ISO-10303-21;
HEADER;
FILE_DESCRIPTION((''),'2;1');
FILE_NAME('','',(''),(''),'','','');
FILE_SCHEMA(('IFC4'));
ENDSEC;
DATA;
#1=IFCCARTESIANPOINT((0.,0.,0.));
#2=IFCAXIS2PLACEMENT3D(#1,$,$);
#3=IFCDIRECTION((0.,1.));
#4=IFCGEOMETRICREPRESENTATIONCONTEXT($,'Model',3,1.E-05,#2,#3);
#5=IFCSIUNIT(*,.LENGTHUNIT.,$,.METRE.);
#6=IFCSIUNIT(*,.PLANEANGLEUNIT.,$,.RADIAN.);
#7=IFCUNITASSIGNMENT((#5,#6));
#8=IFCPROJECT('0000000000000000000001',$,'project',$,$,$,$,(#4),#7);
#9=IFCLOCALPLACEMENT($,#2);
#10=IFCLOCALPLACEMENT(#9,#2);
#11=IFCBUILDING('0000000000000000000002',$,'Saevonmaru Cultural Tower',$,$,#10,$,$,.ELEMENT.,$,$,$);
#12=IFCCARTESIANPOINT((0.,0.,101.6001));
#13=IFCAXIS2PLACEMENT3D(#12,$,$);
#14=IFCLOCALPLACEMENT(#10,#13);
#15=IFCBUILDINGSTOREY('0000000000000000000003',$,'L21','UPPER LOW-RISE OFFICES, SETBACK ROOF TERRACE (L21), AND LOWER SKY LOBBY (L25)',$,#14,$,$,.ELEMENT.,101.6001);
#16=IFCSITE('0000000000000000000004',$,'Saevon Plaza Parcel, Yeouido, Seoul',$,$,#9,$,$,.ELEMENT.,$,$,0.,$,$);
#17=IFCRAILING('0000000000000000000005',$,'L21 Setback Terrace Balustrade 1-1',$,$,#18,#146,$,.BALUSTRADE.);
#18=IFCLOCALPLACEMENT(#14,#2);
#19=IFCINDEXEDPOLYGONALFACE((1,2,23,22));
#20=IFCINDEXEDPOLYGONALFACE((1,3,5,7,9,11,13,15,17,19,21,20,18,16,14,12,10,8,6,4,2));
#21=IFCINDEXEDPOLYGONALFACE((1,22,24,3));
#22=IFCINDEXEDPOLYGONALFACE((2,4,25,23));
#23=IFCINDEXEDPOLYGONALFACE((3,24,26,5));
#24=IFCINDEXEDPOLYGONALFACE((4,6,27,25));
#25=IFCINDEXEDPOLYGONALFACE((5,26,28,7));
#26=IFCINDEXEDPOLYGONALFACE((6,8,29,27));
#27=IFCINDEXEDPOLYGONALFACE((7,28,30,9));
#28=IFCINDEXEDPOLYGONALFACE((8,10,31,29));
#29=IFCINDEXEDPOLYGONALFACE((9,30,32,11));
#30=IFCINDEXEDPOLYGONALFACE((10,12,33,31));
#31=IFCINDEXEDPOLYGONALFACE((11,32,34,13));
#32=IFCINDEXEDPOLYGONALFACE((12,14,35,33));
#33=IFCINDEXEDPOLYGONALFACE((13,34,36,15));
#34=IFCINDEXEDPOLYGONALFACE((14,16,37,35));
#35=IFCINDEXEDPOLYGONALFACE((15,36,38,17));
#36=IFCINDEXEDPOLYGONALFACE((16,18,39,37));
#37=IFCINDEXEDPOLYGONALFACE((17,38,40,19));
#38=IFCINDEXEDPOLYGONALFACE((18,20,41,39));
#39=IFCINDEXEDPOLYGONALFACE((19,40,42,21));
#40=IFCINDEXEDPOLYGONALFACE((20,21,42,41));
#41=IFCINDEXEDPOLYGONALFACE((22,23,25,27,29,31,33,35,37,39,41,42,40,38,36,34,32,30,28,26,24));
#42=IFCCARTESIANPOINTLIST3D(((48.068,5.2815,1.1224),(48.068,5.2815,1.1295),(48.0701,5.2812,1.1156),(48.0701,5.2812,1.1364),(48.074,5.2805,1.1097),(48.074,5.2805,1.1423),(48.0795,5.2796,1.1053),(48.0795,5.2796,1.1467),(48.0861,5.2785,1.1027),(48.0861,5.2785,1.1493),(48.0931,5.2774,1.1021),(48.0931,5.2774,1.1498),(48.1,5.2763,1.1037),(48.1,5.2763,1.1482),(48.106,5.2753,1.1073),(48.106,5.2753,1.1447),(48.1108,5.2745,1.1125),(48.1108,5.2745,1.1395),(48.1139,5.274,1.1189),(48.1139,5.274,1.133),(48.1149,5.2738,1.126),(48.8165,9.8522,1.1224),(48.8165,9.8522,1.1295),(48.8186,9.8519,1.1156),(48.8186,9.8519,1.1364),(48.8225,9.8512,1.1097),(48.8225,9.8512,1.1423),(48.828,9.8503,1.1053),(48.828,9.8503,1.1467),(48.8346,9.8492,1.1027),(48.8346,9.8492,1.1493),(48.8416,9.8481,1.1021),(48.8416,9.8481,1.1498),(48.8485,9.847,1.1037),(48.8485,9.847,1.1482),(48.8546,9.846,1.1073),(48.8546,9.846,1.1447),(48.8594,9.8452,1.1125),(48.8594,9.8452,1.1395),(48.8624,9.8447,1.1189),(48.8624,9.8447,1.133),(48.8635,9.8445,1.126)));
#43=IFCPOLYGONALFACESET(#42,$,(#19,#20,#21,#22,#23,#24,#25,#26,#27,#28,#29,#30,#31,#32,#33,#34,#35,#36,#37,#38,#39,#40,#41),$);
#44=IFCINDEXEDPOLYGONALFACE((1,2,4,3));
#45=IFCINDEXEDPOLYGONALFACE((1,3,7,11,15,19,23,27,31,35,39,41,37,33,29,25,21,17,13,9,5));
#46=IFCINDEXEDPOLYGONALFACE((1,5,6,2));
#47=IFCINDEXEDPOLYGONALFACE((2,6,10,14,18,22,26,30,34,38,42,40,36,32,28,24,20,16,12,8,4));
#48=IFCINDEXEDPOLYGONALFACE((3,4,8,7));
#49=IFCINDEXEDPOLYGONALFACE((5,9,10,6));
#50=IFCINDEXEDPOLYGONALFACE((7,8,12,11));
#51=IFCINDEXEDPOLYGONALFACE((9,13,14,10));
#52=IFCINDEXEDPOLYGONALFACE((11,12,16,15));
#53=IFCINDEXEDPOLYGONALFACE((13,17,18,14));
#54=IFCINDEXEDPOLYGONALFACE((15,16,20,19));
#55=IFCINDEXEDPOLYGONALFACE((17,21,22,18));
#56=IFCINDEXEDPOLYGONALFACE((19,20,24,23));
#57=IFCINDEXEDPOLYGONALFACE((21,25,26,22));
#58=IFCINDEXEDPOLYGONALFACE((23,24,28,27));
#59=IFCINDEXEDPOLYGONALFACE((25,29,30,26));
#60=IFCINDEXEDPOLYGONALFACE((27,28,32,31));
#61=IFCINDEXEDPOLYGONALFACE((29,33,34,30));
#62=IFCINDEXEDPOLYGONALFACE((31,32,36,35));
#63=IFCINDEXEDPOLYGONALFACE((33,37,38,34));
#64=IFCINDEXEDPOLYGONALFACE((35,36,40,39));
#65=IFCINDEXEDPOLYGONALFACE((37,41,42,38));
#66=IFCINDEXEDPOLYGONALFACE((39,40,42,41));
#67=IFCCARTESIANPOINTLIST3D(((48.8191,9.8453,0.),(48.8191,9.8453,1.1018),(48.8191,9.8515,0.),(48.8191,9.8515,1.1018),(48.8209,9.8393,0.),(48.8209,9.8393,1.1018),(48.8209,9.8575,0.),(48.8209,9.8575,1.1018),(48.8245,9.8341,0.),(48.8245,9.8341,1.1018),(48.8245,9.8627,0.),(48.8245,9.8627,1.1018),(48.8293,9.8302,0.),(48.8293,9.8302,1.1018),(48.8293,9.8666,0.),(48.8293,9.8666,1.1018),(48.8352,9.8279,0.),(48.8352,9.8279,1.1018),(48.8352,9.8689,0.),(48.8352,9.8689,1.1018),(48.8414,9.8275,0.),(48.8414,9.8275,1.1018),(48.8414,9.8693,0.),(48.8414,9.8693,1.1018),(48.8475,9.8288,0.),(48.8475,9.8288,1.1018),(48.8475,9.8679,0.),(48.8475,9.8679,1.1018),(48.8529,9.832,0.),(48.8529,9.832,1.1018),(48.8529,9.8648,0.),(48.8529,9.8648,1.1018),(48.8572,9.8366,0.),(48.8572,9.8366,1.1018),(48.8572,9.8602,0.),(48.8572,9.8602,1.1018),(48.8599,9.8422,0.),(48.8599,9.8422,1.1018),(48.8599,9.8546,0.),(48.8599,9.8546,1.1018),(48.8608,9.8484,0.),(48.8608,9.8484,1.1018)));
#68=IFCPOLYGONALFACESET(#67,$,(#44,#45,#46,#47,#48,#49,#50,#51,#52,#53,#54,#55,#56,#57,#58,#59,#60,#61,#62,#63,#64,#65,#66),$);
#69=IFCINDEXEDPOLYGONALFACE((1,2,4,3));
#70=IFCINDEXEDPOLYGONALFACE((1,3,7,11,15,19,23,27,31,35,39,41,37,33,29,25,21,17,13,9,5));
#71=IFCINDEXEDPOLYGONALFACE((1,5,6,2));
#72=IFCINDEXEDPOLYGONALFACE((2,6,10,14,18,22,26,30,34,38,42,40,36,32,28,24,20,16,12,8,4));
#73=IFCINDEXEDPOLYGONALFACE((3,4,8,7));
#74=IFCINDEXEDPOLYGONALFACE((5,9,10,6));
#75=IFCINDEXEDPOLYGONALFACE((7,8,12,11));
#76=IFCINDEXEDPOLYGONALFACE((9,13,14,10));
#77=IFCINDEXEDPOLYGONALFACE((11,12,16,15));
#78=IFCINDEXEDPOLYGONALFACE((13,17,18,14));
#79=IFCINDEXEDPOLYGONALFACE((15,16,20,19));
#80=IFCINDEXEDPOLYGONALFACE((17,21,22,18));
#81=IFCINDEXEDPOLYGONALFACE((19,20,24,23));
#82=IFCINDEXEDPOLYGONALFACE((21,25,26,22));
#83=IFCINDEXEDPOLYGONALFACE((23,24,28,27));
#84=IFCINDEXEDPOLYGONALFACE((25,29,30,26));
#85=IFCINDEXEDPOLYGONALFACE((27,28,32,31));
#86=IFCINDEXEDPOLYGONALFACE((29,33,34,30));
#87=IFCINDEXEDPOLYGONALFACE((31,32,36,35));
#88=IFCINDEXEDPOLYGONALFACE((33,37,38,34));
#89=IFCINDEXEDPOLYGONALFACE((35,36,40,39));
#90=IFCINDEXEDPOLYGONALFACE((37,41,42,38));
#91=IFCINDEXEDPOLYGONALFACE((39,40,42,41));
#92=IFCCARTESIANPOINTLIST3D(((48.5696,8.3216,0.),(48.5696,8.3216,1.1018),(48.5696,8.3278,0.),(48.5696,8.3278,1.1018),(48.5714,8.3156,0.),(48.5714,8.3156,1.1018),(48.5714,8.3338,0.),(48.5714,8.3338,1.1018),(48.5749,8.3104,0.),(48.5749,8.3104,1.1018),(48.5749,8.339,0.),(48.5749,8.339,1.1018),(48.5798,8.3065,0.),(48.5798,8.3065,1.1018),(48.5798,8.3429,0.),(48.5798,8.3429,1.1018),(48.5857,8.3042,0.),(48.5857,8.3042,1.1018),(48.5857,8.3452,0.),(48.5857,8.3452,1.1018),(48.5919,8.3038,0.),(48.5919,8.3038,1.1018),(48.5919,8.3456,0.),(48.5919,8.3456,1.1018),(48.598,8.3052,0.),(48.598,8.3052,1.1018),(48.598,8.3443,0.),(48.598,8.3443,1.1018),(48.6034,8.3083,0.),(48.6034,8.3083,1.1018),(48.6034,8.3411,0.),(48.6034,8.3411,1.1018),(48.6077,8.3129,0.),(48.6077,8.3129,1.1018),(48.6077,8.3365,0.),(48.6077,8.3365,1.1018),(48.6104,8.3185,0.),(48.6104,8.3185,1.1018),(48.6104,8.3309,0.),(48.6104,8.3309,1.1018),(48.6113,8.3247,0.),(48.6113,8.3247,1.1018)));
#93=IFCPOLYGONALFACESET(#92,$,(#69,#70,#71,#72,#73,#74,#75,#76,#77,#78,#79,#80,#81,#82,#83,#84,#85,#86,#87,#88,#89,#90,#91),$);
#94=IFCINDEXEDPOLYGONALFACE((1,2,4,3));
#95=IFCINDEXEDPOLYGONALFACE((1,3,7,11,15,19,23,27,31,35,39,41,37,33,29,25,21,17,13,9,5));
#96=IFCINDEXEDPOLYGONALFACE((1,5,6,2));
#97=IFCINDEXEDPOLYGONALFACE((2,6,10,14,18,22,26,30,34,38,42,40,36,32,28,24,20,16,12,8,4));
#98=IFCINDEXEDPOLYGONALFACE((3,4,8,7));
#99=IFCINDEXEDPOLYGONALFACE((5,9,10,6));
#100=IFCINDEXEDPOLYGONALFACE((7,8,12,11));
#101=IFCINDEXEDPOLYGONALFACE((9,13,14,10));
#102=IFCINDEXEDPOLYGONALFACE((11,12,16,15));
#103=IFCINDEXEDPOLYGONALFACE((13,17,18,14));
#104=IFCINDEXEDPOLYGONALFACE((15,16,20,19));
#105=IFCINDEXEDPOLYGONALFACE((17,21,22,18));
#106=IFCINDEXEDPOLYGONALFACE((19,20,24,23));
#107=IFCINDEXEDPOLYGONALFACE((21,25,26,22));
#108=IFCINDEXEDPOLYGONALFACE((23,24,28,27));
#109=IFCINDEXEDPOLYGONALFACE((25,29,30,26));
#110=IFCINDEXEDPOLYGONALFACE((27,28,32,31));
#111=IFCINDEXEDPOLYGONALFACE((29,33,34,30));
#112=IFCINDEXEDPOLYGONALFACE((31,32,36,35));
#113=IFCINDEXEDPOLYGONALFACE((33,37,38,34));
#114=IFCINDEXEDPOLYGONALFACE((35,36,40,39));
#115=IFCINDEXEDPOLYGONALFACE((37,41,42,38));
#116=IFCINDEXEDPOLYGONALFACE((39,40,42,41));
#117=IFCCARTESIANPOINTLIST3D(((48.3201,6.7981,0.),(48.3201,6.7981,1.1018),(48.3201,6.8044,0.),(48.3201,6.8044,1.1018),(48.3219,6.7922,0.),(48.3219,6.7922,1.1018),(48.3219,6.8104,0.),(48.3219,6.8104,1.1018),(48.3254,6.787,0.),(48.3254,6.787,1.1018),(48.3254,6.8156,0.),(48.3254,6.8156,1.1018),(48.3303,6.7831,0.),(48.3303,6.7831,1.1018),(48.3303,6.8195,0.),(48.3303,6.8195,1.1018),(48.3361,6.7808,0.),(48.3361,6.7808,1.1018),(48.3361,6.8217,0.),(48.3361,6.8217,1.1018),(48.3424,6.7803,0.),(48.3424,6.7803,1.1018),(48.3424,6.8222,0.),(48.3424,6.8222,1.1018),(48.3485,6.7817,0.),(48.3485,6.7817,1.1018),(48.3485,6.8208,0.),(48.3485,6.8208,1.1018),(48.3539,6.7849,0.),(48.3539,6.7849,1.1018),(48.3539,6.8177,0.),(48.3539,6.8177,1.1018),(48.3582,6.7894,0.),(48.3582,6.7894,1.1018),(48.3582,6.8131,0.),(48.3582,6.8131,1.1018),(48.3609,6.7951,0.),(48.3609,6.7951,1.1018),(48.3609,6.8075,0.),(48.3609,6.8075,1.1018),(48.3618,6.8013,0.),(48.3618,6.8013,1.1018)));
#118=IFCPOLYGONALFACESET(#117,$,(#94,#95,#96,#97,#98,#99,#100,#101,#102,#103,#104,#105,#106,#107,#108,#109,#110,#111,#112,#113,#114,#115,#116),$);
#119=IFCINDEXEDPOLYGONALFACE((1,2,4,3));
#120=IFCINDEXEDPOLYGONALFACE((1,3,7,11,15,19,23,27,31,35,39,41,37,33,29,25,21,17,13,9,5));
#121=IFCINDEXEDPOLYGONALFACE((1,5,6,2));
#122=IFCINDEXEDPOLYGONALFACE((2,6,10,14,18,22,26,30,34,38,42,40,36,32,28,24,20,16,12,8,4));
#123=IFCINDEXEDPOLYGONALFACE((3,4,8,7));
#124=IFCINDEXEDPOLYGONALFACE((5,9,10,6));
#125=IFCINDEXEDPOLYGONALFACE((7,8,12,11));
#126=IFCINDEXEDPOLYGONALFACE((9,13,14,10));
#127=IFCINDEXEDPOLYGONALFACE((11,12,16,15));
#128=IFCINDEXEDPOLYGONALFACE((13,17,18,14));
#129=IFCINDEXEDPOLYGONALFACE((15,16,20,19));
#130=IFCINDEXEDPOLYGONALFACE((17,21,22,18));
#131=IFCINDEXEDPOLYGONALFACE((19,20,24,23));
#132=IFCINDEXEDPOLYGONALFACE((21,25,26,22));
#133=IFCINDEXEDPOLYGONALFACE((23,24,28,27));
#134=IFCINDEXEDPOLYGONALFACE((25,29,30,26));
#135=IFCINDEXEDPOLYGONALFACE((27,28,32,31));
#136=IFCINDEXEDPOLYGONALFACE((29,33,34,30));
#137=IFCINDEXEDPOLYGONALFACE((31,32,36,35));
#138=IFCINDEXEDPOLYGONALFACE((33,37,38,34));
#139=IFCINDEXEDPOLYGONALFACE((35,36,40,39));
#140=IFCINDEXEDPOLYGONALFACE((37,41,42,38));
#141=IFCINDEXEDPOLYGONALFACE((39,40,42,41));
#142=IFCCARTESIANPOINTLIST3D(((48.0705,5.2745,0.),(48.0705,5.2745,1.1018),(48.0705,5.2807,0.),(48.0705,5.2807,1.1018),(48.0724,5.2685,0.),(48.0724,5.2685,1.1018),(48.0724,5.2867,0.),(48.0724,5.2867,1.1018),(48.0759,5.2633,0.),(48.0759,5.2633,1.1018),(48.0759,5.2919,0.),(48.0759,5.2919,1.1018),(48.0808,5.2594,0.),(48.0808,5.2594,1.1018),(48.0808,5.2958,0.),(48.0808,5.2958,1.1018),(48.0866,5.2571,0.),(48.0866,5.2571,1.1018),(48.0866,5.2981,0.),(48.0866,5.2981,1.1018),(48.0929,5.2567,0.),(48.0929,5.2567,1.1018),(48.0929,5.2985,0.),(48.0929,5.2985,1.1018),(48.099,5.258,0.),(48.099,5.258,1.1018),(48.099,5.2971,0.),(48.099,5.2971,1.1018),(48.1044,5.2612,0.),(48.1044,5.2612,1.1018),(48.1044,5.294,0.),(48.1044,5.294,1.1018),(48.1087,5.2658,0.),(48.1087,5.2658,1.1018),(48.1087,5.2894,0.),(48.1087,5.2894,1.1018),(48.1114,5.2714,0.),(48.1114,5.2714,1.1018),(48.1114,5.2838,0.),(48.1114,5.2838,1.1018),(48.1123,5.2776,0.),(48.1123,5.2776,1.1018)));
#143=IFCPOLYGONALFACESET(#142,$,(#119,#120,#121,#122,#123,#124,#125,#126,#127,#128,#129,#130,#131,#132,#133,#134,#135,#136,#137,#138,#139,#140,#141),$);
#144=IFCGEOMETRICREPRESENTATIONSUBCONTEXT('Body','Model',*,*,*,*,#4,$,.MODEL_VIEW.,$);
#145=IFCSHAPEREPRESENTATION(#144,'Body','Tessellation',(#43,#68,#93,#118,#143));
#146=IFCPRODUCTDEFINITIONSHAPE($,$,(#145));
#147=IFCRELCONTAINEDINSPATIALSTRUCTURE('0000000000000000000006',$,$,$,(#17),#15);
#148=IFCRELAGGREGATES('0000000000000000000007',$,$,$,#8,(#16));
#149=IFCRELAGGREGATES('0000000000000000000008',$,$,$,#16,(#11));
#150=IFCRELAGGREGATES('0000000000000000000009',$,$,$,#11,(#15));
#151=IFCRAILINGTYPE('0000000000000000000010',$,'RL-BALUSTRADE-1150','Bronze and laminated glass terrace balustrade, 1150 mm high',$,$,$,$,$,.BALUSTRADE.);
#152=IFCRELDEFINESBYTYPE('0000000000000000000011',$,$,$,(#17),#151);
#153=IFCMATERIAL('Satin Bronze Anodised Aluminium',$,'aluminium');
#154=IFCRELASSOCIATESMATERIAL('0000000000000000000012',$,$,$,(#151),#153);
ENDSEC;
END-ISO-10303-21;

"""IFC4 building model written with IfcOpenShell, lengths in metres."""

from ifc_helpers import new_model, si_unit, direction, frame, origin, origin_2d, place, context, subcontext, project, spatial, circle, extrude, material, type_object, element, save


model = new_model("IFC4")

# Units and contexts
model_context = context("Model", 3, precision=1e-05, world=origin(), true_north=direction((0.0, 1.0)))
body_context = subcontext(model_context, "Body", "Model", "MODEL_VIEW")
ifc_project = project(units=[si_unit("LENGTHUNIT", "METRE"), si_unit("PLANEANGLEUNIT", "RADIAN")], contexts=[model_context])

# Site, building, storey
site_placement = place(None, origin())
site = spatial("IfcSite", under=ifc_project, at=site_placement, Name="Saevon Plaza Parcel, Yeouido, Seoul", CompositionType="ELEMENT", RefElevation=0.0)
building_placement = place(site_placement, origin())
building = spatial("IfcBuilding", under=site, at=building_placement, Name="Saevonmaru Cultural Tower", CompositionType="ELEMENT")
storey_placement = place(building_placement, frame((0.0, 0.0, 101.6001)))
storey = spatial("IfcBuildingStorey", under=building, at=storey_placement, Name="L21", Description="UPPER LOW-RISE OFFICES, SETBACK ROOF TERRACE (L21), AND LOWER SKY LOBBY (L25)", CompositionType="ELEMENT", Elevation=101.6001)

# Shared definitions
ifc_material_1 = material(Name="Satin Bronze Anodised Aluminium", Category="aluminium")

# Railing
railing_type = type_object("IfcRailingType", Name="RL-BALUSTRADE-1150", Description="Bronze and laminated glass terrace balustrade, 1150 mm high", PredefinedType="BALUSTRADE", material=ifc_material_1)
railing_1_placement = place(storey_placement, frame((48.8398, 9.8484, 0.0)))
element("IfcRailing", 1, at=railing_1_placement, inside=storey, type_object=railing_type, Name="L21 Setback Terrace Balustrade 1-1", PredefinedType="BALUSTRADE", context=body_context, shape_type="SweptSolid", body=[
    extrude(circle(Radius=0.0239, at=origin_2d()), frame((0.0, 0.0, 1.126), z_axis=(-0.161612, -0.986854, 0.0), x_axis=(0.986854, -0.161612, 0.0)), (0.0, 0.0, 1.0), 4.6316),
    extrude(circle(Radius=0.021, at=origin_2d()), origin(), (0.0, 0.0, 1.0), 1.1018),
    extrude(circle(Radius=0.021, at=origin_2d()), frame((-0.2495, -1.5237, 0.0)), (0.0, 0.0, 1.0), 1.1018),
    extrude(circle(Radius=0.021, at=origin_2d()), frame((-0.499, -3.0471, 0.0)), (0.0, 0.0, 1.0), 1.1018),
    extrude(circle(Radius=0.021, at=origin_2d()), frame((-0.7485, -4.5708, 0.0)), (0.0, 0.0, 1.0), 1.1018),
])

save(model, "model.ifc")
